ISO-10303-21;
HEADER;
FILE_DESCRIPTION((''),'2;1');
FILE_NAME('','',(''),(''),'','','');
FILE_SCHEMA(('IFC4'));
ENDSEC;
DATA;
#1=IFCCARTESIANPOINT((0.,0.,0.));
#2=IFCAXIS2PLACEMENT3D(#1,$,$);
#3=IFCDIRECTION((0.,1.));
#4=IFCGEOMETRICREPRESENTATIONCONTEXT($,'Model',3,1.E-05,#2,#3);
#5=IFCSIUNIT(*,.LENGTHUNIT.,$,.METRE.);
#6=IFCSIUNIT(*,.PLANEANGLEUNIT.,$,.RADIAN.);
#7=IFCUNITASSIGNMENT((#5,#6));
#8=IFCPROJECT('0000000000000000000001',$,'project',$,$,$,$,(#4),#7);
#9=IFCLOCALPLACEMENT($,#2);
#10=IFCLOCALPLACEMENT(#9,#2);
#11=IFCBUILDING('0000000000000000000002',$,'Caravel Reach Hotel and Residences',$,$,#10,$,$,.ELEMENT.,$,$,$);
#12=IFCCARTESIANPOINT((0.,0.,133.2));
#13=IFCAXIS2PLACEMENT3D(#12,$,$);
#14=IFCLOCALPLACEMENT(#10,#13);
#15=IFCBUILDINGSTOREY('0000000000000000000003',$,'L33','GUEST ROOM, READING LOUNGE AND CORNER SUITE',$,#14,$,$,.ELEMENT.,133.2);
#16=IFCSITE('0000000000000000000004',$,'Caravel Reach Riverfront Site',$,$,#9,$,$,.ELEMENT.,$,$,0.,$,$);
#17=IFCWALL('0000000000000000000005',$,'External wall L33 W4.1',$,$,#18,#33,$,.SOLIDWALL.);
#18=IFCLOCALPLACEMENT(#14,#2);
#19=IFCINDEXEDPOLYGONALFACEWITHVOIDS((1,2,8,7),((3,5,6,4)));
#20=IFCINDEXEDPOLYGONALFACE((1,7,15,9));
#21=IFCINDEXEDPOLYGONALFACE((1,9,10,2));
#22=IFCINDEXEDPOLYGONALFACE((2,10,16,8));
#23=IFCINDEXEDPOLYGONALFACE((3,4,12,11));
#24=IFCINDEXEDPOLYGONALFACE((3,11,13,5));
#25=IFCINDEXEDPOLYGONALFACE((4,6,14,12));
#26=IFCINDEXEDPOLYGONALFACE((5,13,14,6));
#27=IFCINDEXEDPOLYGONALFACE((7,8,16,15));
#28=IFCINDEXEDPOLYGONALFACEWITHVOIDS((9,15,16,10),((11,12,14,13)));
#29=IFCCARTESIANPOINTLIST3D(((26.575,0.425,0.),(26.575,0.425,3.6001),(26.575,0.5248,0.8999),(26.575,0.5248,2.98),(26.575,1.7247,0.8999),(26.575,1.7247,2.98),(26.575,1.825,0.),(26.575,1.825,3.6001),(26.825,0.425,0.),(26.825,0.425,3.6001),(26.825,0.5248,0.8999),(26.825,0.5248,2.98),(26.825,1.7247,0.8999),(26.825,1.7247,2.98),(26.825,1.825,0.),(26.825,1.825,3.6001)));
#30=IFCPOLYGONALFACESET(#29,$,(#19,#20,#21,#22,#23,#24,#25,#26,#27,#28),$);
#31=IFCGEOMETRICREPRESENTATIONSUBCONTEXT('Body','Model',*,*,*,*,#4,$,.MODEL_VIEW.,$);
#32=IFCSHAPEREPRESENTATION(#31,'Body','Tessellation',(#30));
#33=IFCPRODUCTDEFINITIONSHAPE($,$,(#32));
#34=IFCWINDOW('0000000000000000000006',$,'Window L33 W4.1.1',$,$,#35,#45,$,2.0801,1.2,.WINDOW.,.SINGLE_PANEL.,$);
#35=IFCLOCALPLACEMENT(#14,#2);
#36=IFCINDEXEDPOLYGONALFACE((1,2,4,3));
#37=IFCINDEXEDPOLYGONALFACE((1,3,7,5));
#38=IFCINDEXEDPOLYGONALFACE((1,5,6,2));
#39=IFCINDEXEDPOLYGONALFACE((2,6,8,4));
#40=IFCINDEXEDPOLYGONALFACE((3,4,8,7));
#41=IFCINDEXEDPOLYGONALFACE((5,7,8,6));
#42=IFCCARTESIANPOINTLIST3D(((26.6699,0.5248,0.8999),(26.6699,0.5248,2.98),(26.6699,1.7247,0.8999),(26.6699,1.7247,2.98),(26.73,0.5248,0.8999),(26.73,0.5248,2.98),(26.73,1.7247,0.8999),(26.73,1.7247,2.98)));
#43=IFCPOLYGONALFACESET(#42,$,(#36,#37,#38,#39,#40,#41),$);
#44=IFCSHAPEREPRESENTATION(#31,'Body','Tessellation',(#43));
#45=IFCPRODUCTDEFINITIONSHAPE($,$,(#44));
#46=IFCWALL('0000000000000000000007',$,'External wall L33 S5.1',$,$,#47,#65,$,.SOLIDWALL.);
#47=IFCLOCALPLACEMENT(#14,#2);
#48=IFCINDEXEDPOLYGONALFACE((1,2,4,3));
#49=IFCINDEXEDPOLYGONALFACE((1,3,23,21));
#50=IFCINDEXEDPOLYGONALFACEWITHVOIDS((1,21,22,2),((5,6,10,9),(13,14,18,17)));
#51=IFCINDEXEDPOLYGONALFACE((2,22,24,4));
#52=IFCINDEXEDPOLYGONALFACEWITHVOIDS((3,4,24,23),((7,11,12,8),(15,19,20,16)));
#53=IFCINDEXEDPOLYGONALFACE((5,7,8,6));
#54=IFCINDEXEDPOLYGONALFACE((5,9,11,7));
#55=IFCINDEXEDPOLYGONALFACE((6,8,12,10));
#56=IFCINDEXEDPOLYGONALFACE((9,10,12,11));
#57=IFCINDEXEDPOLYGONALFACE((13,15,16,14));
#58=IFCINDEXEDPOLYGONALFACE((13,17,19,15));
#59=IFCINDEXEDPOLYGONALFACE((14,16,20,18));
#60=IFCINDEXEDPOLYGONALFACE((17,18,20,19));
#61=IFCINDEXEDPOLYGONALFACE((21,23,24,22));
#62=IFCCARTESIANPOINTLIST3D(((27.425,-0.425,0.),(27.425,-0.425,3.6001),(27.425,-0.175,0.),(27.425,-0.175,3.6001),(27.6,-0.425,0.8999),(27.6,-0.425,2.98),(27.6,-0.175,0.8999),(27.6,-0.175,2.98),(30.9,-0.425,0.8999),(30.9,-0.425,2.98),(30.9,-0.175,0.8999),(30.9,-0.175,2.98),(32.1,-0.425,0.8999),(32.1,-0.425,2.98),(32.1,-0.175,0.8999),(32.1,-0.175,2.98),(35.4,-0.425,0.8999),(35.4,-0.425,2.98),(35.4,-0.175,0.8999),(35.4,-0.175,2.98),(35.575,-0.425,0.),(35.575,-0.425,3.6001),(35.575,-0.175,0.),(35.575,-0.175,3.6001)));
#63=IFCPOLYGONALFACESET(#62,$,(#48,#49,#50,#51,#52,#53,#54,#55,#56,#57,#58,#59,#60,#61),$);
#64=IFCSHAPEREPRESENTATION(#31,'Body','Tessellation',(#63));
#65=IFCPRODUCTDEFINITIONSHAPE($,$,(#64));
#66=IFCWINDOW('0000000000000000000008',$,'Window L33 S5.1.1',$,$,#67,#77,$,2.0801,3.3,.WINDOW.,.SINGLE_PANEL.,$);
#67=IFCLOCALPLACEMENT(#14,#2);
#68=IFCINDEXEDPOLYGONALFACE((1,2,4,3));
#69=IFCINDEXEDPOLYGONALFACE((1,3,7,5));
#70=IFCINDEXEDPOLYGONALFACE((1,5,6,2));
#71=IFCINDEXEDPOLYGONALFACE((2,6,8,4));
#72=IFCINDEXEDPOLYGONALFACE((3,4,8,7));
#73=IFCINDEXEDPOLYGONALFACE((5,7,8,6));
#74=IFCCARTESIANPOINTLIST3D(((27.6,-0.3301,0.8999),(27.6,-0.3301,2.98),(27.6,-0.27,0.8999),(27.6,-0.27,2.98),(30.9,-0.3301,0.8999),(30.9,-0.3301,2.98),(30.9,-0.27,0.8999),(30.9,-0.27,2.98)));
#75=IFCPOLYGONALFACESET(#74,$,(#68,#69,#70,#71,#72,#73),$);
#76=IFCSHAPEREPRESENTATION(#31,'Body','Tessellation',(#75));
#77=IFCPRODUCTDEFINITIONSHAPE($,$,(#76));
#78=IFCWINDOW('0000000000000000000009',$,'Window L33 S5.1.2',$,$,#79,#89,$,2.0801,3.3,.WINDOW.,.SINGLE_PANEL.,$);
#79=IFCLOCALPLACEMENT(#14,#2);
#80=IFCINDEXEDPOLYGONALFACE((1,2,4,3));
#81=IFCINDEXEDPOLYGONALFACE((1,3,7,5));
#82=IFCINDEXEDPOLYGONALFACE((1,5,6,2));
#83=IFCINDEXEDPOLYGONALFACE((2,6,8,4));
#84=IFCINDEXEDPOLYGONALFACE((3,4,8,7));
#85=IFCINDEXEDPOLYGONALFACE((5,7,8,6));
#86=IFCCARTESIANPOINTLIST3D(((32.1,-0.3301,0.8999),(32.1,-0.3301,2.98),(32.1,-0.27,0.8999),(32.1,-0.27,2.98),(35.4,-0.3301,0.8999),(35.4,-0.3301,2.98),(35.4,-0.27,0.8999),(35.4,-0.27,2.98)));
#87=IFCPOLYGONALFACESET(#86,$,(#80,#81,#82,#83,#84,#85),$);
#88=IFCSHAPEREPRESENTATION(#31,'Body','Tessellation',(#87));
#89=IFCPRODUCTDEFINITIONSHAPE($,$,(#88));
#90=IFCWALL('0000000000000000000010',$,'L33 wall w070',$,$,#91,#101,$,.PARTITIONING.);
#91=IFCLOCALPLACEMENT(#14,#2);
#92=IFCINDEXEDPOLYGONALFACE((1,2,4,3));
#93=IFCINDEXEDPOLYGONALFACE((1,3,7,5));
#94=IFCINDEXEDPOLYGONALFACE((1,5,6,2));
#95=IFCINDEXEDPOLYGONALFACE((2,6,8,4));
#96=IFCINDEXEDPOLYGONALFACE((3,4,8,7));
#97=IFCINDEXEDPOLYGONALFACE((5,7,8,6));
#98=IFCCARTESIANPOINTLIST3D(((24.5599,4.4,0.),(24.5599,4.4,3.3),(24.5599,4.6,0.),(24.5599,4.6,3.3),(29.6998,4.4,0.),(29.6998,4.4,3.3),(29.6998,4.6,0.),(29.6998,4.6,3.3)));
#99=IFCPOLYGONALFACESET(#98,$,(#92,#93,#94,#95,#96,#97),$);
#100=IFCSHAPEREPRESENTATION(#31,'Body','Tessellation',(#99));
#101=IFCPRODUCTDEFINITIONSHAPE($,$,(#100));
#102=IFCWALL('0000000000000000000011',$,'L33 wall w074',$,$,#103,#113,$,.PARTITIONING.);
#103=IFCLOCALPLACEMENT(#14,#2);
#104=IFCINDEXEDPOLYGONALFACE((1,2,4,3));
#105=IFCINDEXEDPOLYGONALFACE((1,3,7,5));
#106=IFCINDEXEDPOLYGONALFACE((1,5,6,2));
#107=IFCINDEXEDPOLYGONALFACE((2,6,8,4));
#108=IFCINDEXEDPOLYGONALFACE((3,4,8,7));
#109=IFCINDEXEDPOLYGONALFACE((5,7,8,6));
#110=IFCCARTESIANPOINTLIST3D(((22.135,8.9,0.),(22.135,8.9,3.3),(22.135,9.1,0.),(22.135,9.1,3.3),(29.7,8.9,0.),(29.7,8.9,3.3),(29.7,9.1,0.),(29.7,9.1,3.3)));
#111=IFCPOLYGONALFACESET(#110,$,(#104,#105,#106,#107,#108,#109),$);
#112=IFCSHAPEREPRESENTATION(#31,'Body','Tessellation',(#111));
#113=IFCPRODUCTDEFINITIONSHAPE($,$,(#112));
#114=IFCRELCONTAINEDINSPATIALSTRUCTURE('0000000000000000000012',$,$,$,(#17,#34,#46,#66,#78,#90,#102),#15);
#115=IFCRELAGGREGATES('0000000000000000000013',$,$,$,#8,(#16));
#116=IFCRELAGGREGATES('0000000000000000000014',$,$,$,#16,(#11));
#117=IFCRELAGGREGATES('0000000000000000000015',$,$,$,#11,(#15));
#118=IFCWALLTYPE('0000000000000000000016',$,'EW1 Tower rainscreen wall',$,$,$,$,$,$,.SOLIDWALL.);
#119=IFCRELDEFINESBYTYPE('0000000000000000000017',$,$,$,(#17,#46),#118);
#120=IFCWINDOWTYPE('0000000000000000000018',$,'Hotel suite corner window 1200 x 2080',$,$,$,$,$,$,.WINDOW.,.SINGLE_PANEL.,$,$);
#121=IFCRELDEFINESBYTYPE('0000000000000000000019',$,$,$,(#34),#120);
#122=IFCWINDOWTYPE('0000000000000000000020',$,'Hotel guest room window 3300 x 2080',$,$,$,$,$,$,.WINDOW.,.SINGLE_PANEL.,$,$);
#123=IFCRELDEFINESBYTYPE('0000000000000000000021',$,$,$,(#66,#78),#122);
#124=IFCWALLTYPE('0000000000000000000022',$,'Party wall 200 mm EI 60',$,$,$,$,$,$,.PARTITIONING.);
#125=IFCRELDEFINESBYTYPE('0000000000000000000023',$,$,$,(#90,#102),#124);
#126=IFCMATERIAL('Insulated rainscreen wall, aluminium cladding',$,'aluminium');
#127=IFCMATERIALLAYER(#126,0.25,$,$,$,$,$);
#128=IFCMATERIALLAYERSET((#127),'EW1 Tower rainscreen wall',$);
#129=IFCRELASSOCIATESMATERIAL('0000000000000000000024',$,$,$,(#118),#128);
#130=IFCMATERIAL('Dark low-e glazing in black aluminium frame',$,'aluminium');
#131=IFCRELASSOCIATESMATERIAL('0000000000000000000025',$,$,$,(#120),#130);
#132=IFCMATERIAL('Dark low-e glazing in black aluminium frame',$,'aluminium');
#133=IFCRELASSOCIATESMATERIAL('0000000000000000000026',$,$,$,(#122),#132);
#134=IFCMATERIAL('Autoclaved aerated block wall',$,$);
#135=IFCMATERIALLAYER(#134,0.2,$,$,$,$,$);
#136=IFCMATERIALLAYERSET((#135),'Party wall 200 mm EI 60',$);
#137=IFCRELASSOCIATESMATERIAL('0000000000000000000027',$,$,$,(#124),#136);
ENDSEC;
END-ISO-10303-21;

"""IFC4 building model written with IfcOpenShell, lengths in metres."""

from ifc_helpers import new_model, si_unit, direction, frame, frame_2d, origin, place, context, subcontext, project, spatial, rectangle, extrude, material, layer, layer_set, type_object, element, fill, save


model = new_model("IFC4")

# Units and contexts
model_context = context("Model", 3, precision=1e-05, world=origin(), true_north=direction((0.0, 1.0)))
body_context = subcontext(model_context, "Body", "Model", "MODEL_VIEW")
ifc_project = project(units=[si_unit("LENGTHUNIT", "METRE"), si_unit("PLANEANGLEUNIT", "RADIAN")], contexts=[model_context])

# Site, building, storey
site_placement = place(None, origin())
site = spatial("IfcSite", under=ifc_project, at=site_placement, Name="Caravel Reach Riverfront Site", CompositionType="ELEMENT", RefElevation=0.0)
building_placement = place(site_placement, origin())
building = spatial("IfcBuilding", under=site, at=building_placement, Name="Caravel Reach Hotel and Residences", CompositionType="ELEMENT")
storey_placement = place(building_placement, frame((0.0, 0.0, 133.2)))
storey = spatial("IfcBuildingStorey", under=building, at=storey_placement, Name="L33", Description="GUEST ROOM, READING LOUNGE AND CORNER SUITE", CompositionType="ELEMENT", Elevation=133.2)

# Wall, opening, window
ifc_material_1 = material(Name="Insulated rainscreen wall, aluminium cladding", Category="aluminium")
ifc_layer_1 = layer(ifc_material_1, 0.25)
ifc_layer_set_1 = layer_set([ifc_layer_1], Name="EW1 Tower rainscreen wall")
wall_type_1 = type_object("IfcWallType", Name="EW1 Tower rainscreen wall", PredefinedType="SOLIDWALL", material=ifc_layer_set_1)
ifc_material_2 = material(Name="Dark low-e glazing in black aluminium frame", Category="aluminium")
window_type_1 = type_object("IfcWindowType", Name="Hotel suite corner window 1200 x 2080", PartitioningType="SINGLE_PANEL", PredefinedType="WINDOW", material=ifc_material_2)
wall_1_placement = place(storey_placement, frame((26.7, 1.825, 0.0), z_axis=(0.0, 0.0, 1.0), x_axis=(0.0, -1.0, 0.0)))
wall_1 = element("IfcWall", 1, at=wall_1_placement, inside=storey, type_object=wall_type_1, Name="External wall L33 W4.1", PredefinedType="SOLIDWALL", context=body_context, shape_type="SweptSolid", body=[
    extrude(rectangle(XDim=1.3999, YDim=0.25, at=frame_2d((0.7, 0.0))), origin(), (0.0, 0.0, 1.0), 3.6001),
])
opening_1_placement = place(wall_1_placement, frame((0.1001, 0.0, 0.8999)))
opening_1 = element("IfcOpeningElement", 2, at=opening_1_placement, cuts=wall_1, PredefinedType="OPENING", context=body_context, shape_type="SweptSolid", body=[
    extrude(rectangle(XDim=1.2, YDim=2.0801, at=frame_2d((0.6001, 1.04))), frame((0.0, 0.135, 0.0), z_axis=(0.0, -1.0, 0.0), x_axis=(1.0, 0.0, 0.0)), (0.0, 0.0, 1.0), 0.27),
])
window_1_placement = place(opening_1_placement, origin())
window_1 = element("IfcWindow", 3, at=window_1_placement, inside=storey, type_object=window_type_1, Name="Window L33 W4.1.1", OverallHeight=2.0801, OverallWidth=1.2, PartitioningType="SINGLE_PANEL", PredefinedType="WINDOW", context=body_context, shape_type="SweptSolid", body=[
    extrude(rectangle(XDim=1.2, YDim=2.0801, at=frame_2d((0.6001, 1.04))), frame((0.0, 0.03, 0.0), z_axis=(0.0, -1.0, 0.0), x_axis=(1.0, 0.0, 0.0)), (0.0, 0.0, 1.0), 0.0601),
])
fill(opening_1, window_1)

# Wall, openings, windows
wall_2_placement = place(storey_placement, frame((27.425, -0.3, 0.0), z_axis=(0.0, 0.0, 1.0), x_axis=(1.0, 0.0, 0.0)))
wall_2 = element("IfcWall", 4, at=wall_2_placement, inside=storey, type_object=wall_type_1, Name="External wall L33 S5.1", PredefinedType="SOLIDWALL", context=body_context, shape_type="SweptSolid", body=[
    extrude(rectangle(XDim=8.1499, YDim=0.25, at=frame_2d((4.075, 0.0))), origin(), (0.0, 0.0, 1.0), 3.6001),
])
opening_2_placement = place(wall_2_placement, frame((0.175, 0.0, 0.8999)))
opening_2 = element("IfcOpeningElement", 5, at=opening_2_placement, cuts=wall_2, PredefinedType="OPENING", context=body_context, shape_type="SweptSolid", body=[
    extrude(rectangle(XDim=3.3, YDim=2.0801, at=frame_2d((1.6499, 1.04))), frame((0.0, 0.135, 0.0), z_axis=(0.0, -1.0, 0.0), x_axis=(1.0, 0.0, 0.0)), (0.0, 0.0, 1.0), 0.27),
])
opening_3_placement = place(wall_2_placement, frame((4.675, 0.0, 0.8999)))
opening_3 = element("IfcOpeningElement", 6, at=opening_3_placement, cuts=wall_2, PredefinedType="OPENING", context=body_context, shape_type="SweptSolid", body=[
    extrude(rectangle(XDim=3.3, YDim=2.0801, at=frame_2d((1.6499, 1.04))), frame((0.0, 0.135, 0.0), z_axis=(0.0, -1.0, 0.0), x_axis=(1.0, 0.0, 0.0)), (0.0, 0.0, 1.0), 0.27),
])
ifc_material_3 = material(Name="Dark low-e glazing in black aluminium frame", Category="aluminium")
window_type_2 = type_object("IfcWindowType", Name="Hotel guest room window 3300 x 2080", PartitioningType="SINGLE_PANEL", PredefinedType="WINDOW", material=ifc_material_3)
window_2_placement = place(opening_2_placement, origin())
window_2 = element("IfcWindow", 7, at=window_2_placement, inside=storey, type_object=window_type_2, Name="Window L33 S5.1.1", OverallHeight=2.0801, OverallWidth=3.3, PartitioningType="SINGLE_PANEL", PredefinedType="WINDOW", context=body_context, shape_type="SweptSolid", body=[
    extrude(rectangle(XDim=3.3, YDim=2.0801, at=frame_2d((1.6499, 1.04))), frame((0.0, 0.03, 0.0), z_axis=(0.0, -1.0, 0.0), x_axis=(1.0, 0.0, 0.0)), (0.0, 0.0, 1.0), 0.0601),
])
fill(opening_2, window_2)
window_3_placement = place(opening_3_placement, origin())
window_3 = element("IfcWindow", 8, at=window_3_placement, inside=storey, type_object=window_type_2, Name="Window L33 S5.1.2", OverallHeight=2.0801, OverallWidth=3.3, PartitioningType="SINGLE_PANEL", PredefinedType="WINDOW", context=body_context, shape_type="SweptSolid", body=[
    extrude(rectangle(XDim=3.3, YDim=2.0801, at=frame_2d((1.6499, 1.04))), frame((0.0, 0.03, 0.0), z_axis=(0.0, -1.0, 0.0), x_axis=(1.0, 0.0, 0.0)), (0.0, 0.0, 1.0), 0.0601),
])
fill(opening_3, window_3)

# Walls
ifc_material_4 = material(Name="Autoclaved aerated block wall")
ifc_layer_2 = layer(ifc_material_4, 0.2)
ifc_layer_set_2 = layer_set([ifc_layer_2], Name="Party wall 200 mm EI 60")
wall_type_2 = type_object("IfcWallType", Name="Party wall 200 mm EI 60", PredefinedType="PARTITIONING", material=ifc_layer_set_2)
wall_3_placement = place(storey_placement, frame((24.5601, 4.5, 0.0), z_axis=(0.0, 0.0, 1.0), x_axis=(1.0, 0.0, 0.0)))
element("IfcWall", 9, at=wall_3_placement, inside=storey, type_object=wall_type_2, Name="L33 wall w070", PredefinedType="PARTITIONING", context=body_context, shape_type="SweptSolid", body=[
    extrude(rectangle(XDim=5.1399, YDim=0.2, at=frame_2d((2.5698, 0.0))), origin(), (0.0, 0.0, 1.0), 3.3),
])
wall_4_placement = place(storey_placement, frame((22.135, 9.0, 0.0), z_axis=(0.0, 0.0, 1.0), x_axis=(1.0, 0.0, 0.0)))
element("IfcWall", 10, at=wall_4_placement, inside=storey, type_object=wall_type_2, Name="L33 wall w074", PredefinedType="PARTITIONING", context=body_context, shape_type="SweptSolid", body=[
    extrude(rectangle(XDim=7.5649, YDim=0.2, at=frame_2d((3.7825, 0.0))), origin(), (0.0, 0.0, 1.0), 3.3),
])

save(model, "model.ifc")
